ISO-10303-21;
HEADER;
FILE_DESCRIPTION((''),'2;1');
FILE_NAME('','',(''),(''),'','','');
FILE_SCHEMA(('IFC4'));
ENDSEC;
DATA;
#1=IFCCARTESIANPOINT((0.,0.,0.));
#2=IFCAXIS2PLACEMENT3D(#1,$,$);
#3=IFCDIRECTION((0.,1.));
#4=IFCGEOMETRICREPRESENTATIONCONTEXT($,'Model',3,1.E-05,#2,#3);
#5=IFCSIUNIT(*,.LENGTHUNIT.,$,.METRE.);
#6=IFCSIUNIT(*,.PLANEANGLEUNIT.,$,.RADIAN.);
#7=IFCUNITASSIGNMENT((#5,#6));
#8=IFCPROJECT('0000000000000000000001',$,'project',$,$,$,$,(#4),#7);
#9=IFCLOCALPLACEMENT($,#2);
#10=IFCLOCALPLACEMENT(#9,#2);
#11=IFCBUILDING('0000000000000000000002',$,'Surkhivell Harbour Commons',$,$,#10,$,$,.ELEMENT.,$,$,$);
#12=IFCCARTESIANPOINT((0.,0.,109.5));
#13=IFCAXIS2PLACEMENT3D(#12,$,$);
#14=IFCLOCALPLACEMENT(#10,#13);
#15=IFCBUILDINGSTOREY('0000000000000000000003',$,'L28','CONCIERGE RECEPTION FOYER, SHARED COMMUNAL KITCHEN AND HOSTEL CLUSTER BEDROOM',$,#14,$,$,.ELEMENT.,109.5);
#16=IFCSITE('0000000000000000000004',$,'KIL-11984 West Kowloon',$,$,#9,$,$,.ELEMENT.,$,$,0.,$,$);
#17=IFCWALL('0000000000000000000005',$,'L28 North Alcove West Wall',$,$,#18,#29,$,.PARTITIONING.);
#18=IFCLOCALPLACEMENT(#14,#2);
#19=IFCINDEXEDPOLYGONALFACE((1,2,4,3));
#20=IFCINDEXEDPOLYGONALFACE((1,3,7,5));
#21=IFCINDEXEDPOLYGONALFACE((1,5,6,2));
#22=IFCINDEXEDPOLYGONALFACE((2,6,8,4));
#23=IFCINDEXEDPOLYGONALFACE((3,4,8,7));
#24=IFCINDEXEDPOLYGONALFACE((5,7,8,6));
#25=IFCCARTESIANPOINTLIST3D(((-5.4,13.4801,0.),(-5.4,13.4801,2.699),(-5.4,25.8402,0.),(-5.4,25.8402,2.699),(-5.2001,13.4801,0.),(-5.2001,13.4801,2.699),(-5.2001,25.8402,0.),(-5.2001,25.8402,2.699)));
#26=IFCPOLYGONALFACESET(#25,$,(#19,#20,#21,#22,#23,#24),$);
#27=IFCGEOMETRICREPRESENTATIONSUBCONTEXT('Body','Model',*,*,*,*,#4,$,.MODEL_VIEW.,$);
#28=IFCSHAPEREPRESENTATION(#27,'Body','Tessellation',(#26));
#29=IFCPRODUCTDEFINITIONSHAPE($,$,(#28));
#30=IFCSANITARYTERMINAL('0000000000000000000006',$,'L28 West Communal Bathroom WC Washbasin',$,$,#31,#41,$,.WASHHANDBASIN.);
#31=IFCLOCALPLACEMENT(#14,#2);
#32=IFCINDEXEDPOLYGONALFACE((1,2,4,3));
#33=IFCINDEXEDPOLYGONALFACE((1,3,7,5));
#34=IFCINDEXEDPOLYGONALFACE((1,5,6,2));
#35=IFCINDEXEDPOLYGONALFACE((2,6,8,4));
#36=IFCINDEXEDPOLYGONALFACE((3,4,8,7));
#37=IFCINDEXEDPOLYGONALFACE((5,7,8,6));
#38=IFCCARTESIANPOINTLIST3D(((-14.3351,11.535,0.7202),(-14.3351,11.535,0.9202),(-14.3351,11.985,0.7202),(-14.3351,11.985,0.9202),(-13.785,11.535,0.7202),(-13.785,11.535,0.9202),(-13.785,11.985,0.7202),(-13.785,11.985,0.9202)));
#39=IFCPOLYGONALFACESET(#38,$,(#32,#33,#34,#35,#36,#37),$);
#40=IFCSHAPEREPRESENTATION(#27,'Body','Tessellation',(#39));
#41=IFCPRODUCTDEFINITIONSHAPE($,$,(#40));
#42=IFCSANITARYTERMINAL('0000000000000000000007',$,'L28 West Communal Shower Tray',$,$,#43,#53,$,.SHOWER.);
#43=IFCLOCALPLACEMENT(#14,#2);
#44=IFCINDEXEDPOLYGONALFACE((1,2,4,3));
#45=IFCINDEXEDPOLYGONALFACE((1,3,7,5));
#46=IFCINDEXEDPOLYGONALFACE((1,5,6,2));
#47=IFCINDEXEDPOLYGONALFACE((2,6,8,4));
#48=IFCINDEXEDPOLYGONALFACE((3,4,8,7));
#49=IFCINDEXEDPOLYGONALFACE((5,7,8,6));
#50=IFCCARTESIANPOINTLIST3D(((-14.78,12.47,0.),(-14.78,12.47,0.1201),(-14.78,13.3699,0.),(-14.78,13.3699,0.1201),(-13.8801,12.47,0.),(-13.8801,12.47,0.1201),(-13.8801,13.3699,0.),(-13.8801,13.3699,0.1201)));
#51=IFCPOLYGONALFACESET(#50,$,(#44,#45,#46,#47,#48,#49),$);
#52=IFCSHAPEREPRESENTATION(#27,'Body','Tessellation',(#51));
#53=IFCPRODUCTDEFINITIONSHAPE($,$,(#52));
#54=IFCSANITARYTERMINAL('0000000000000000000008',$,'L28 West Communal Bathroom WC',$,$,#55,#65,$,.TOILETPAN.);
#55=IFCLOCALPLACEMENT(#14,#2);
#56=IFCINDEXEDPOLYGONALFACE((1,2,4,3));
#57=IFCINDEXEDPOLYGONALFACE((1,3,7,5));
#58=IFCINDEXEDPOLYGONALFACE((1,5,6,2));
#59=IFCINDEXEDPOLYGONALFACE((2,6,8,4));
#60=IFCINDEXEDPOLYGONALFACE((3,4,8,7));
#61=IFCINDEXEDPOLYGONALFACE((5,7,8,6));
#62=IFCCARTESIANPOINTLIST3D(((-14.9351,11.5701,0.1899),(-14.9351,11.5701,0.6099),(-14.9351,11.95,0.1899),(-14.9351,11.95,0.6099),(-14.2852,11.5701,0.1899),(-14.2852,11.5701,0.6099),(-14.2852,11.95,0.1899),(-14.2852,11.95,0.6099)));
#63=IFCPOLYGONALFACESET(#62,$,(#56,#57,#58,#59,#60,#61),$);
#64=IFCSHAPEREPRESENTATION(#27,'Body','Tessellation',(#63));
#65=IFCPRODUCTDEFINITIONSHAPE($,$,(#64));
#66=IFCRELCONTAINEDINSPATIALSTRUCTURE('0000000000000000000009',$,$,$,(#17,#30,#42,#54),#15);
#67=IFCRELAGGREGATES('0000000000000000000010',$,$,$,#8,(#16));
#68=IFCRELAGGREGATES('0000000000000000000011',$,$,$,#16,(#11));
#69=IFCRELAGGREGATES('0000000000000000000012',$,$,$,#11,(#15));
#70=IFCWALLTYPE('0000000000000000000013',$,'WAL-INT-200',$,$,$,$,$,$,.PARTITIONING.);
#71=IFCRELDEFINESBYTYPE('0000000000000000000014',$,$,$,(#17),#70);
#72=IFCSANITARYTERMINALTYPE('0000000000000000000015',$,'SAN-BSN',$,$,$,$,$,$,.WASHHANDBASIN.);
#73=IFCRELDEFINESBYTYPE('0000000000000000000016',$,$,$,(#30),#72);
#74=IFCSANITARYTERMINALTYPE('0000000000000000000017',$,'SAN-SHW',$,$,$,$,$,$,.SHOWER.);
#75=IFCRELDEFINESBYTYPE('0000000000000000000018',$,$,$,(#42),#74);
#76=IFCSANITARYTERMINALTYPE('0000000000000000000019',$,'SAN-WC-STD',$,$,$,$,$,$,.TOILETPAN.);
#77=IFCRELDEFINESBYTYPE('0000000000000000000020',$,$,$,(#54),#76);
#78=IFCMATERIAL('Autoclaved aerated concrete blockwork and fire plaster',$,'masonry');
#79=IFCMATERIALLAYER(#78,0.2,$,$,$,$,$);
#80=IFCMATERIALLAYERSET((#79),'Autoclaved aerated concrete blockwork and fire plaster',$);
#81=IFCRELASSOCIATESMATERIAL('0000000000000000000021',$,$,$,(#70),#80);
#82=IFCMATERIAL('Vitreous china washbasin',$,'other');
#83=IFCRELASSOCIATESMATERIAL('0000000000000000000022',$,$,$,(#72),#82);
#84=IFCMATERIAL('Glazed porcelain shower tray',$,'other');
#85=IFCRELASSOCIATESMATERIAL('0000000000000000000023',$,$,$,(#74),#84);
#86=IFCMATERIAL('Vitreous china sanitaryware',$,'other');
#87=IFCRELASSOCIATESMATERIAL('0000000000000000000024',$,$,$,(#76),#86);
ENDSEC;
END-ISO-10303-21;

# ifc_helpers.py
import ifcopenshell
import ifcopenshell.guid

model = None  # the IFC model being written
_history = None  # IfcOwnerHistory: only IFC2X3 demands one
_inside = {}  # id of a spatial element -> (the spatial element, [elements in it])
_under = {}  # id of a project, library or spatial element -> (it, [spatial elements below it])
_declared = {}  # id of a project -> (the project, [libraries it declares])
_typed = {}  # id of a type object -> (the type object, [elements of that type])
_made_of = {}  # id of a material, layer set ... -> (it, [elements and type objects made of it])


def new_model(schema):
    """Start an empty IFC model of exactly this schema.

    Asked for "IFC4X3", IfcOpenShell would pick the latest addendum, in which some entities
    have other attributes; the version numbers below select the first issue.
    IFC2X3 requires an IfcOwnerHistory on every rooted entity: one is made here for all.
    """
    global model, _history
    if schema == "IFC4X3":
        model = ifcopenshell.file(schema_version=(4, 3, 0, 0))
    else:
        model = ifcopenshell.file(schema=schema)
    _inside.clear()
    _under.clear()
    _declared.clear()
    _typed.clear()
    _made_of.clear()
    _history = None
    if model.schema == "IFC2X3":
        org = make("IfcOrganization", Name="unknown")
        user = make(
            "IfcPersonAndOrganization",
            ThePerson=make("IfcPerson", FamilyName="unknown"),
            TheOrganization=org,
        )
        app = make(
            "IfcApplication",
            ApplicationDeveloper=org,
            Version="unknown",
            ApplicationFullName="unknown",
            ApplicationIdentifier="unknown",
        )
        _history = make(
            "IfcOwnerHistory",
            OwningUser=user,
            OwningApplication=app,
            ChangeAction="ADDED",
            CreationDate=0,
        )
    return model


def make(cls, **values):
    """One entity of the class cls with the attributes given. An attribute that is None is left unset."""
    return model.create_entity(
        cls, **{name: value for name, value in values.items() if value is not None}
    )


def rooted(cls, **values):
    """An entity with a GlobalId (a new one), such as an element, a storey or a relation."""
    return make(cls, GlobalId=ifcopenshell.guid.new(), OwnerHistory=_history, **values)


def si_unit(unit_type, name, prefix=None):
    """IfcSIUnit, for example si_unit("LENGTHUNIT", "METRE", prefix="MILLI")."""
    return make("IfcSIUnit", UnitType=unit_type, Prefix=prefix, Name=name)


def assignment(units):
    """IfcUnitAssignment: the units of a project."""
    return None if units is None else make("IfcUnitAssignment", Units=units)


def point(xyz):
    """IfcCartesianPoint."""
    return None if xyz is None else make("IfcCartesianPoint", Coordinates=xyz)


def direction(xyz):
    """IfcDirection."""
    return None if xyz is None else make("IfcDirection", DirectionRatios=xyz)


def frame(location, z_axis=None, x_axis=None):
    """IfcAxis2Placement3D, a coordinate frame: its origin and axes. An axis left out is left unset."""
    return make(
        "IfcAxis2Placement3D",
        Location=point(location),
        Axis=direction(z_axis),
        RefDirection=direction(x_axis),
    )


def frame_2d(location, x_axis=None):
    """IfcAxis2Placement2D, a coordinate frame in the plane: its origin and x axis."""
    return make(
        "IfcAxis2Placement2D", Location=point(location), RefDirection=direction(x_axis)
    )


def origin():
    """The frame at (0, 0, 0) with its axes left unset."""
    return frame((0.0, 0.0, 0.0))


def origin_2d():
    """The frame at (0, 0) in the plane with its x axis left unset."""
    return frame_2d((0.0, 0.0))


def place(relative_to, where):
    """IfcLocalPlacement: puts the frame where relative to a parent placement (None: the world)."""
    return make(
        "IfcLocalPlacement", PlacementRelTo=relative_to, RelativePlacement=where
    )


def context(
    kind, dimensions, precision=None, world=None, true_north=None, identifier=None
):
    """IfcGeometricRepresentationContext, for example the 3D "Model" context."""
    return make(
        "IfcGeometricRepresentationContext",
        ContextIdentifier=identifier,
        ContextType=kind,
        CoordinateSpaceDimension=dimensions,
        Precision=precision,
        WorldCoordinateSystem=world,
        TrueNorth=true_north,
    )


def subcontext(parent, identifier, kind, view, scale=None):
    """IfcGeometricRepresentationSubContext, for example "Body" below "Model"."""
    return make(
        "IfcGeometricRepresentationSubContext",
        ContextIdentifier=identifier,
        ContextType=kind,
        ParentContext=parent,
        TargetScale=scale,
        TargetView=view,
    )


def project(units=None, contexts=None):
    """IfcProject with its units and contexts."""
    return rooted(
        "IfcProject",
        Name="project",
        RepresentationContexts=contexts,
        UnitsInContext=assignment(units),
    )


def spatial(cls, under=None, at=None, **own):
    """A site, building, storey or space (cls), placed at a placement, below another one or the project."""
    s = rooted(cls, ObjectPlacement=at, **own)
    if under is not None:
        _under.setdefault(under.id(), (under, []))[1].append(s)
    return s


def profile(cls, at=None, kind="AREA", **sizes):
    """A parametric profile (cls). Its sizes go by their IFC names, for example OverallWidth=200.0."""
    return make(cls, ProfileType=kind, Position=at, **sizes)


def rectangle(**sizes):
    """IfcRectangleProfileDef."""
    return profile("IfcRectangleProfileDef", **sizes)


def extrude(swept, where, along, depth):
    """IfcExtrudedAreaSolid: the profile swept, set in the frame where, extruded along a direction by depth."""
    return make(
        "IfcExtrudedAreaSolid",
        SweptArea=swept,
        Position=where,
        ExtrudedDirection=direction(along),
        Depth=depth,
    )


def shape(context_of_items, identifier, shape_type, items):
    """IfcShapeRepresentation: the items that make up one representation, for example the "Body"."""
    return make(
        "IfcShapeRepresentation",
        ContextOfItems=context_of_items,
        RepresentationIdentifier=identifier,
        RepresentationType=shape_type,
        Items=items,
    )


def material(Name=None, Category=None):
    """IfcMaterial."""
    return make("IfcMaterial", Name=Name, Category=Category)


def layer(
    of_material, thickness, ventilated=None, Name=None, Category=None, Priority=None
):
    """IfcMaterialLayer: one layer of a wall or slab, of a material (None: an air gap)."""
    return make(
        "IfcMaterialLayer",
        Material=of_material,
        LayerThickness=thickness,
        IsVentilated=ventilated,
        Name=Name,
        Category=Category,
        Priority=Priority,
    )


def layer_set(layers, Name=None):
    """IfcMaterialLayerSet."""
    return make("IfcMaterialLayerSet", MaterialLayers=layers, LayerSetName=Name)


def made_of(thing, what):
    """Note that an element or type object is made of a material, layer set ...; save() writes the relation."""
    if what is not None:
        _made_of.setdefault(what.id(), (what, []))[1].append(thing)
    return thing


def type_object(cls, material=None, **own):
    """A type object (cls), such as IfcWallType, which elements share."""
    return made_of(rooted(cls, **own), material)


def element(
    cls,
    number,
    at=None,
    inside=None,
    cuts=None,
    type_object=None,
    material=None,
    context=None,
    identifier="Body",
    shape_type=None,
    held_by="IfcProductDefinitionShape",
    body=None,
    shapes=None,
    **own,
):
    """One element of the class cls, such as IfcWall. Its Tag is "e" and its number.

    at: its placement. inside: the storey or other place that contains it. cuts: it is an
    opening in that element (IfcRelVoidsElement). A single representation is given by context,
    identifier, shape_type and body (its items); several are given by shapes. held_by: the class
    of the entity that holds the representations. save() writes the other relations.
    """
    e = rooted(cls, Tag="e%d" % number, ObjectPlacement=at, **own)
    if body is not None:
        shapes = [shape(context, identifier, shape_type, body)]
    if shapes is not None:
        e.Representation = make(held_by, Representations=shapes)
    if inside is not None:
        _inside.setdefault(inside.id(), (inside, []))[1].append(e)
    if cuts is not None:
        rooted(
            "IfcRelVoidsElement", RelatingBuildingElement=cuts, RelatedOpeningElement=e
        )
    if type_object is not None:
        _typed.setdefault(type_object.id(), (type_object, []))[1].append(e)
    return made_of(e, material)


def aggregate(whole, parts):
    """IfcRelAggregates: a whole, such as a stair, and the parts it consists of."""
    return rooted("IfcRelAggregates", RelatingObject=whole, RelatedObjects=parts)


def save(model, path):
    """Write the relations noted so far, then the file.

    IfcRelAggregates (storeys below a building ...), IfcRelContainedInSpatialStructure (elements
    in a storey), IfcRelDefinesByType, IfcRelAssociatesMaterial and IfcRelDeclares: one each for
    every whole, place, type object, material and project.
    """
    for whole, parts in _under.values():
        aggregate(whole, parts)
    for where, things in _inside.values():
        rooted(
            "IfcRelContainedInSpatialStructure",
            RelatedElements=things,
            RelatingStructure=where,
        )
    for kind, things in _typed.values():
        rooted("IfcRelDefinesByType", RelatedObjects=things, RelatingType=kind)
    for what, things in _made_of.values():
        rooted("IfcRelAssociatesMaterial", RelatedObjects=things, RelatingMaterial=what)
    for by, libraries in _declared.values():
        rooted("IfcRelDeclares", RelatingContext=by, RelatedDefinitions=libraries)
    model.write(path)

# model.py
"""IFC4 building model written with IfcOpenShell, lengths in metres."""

from ifc_helpers import new_model, si_unit, direction, frame, frame_2d, origin, origin_2d, place, context, subcontext, project, spatial, rectangle, extrude, material, layer, layer_set, type_object, element, save


model = new_model("IFC4")

# Units and contexts
model_context = context("Model", 3, precision=1e-05, world=origin(), true_north=direction((0.0, 1.0)))
body_context = subcontext(model_context, "Body", "Model", "MODEL_VIEW")
ifc_project = project(units=[si_unit("LENGTHUNIT", "METRE"), si_unit("PLANEANGLEUNIT", "RADIAN")], contexts=[model_context])

# Site, building, storey
site_placement = place(None, origin())
site = spatial("IfcSite", under=ifc_project, at=site_placement, Name="KIL-11984 West Kowloon", CompositionType="ELEMENT", RefElevation=0.0)
building_placement = place(site_placement, origin())
building = spatial("IfcBuilding", under=site, at=building_placement, Name="Surkhivell Harbour Commons", CompositionType="ELEMENT")
storey_placement = place(building_placement, frame((0.0, 0.0, 109.5)))
storey = spatial("IfcBuildingStorey", under=building, at=storey_placement, Name="L28", Description="CONCIERGE RECEPTION FOYER, SHARED COMMUNAL KITCHEN AND HOSTEL CLUSTER BEDROOM", CompositionType="ELEMENT", Elevation=109.5)

# Shared definitions
ifc_material_1 = material(Name="Autoclaved aerated concrete blockwork and fire plaster", Category="masonry")
ifc_layer_1 = layer(ifc_material_1, 0.2)
ifc_layer_set_1 = layer_set([ifc_layer_1], Name="Autoclaved aerated concrete blockwork and fire plaster")
wall_type_1 = type_object("IfcWallType", Name="WAL-INT-200", PredefinedType="PARTITIONING", material=ifc_layer_set_1)

# Wall
wall_1_placement = place(storey_placement, frame((-5.3, 13.48, 0.0), z_axis=(0.0, 0.0, 1.0), x_axis=(0.0, 1.0, 0.0)))
element("IfcWall", 1, at=wall_1_placement, inside=storey, type_object=wall_type_1, Name="L28 North Alcove West Wall", PredefinedType="PARTITIONING", context=body_context, shape_type="SweptSolid", body=[
    extrude(rectangle(XDim=12.3601, YDim=0.2, at=frame_2d((6.1802, 0.0))), origin(), (0.0, 0.0, 1.0), 2.699),
])

# Sanitary terminals
ifc_material_2 = material(Name="Vitreous china washbasin", Category="other")
sanitary_terminal_type_1 = type_object("IfcSanitaryTerminalType", Name="SAN-BSN", PredefinedType="WASHHANDBASIN", material=ifc_material_2)
sanitary_terminal_1_placement = place(storey_placement, frame((-14.0601, 11.76, 0.7202), z_axis=(0.0, 0.0, 1.0), x_axis=(1.0, 0.0, 0.0)))
element("IfcSanitaryTerminal", 2, at=sanitary_terminal_1_placement, inside=storey, type_object=sanitary_terminal_type_1, Name="L28 West Communal Bathroom WC Washbasin", PredefinedType="WASHHANDBASIN", context=body_context, shape_type="SweptSolid", body=[
    extrude(rectangle(XDim=0.55, YDim=0.45, at=origin_2d()), origin(), (0.0, 0.0, 1.0), 0.2),
])
ifc_material_3 = material(Name="Glazed porcelain shower tray", Category="other")
sanitary_terminal_type_2 = type_object("IfcSanitaryTerminalType", Name="SAN-SHW", PredefinedType="SHOWER", material=ifc_material_3)
sanitary_terminal_2_placement = place(storey_placement, frame((-14.3301, 12.9199, 0.0), z_axis=(0.0, 0.0, 1.0), x_axis=(1.0, 0.0, 0.0)))
element("IfcSanitaryTerminal", 3, at=sanitary_terminal_2_placement, inside=storey, type_object=sanitary_terminal_type_2, Name="L28 West Communal Shower Tray", PredefinedType="SHOWER", context=body_context, shape_type="SweptSolid", body=[
    extrude(rectangle(XDim=0.8999, YDim=0.8999, at=origin_2d()), origin(), (0.0, 0.0, 1.0), 0.1201),
])
ifc_material_4 = material(Name="Vitreous china sanitaryware", Category="other")
sanitary_terminal_type_3 = type_object("IfcSanitaryTerminalType", Name="SAN-WC-STD", PredefinedType="TOILETPAN", material=ifc_material_4)
sanitary_terminal_3_placement = place(storey_placement, frame((-14.6101, 11.76, 0.1899), z_axis=(0.0, 0.0, 1.0), x_axis=(1.0, 0.0, 0.0)))
element("IfcSanitaryTerminal", 4, at=sanitary_terminal_3_placement, inside=storey, type_object=sanitary_terminal_type_3, Name="L28 West Communal Bathroom WC", PredefinedType="TOILETPAN", context=body_context, shape_type="SweptSolid", body=[
    extrude(rectangle(XDim=0.6499, YDim=0.3799, at=origin_2d()), origin(), (0.0, 0.0, 1.0), 0.4199),
])

save(model, "model.ifc")
